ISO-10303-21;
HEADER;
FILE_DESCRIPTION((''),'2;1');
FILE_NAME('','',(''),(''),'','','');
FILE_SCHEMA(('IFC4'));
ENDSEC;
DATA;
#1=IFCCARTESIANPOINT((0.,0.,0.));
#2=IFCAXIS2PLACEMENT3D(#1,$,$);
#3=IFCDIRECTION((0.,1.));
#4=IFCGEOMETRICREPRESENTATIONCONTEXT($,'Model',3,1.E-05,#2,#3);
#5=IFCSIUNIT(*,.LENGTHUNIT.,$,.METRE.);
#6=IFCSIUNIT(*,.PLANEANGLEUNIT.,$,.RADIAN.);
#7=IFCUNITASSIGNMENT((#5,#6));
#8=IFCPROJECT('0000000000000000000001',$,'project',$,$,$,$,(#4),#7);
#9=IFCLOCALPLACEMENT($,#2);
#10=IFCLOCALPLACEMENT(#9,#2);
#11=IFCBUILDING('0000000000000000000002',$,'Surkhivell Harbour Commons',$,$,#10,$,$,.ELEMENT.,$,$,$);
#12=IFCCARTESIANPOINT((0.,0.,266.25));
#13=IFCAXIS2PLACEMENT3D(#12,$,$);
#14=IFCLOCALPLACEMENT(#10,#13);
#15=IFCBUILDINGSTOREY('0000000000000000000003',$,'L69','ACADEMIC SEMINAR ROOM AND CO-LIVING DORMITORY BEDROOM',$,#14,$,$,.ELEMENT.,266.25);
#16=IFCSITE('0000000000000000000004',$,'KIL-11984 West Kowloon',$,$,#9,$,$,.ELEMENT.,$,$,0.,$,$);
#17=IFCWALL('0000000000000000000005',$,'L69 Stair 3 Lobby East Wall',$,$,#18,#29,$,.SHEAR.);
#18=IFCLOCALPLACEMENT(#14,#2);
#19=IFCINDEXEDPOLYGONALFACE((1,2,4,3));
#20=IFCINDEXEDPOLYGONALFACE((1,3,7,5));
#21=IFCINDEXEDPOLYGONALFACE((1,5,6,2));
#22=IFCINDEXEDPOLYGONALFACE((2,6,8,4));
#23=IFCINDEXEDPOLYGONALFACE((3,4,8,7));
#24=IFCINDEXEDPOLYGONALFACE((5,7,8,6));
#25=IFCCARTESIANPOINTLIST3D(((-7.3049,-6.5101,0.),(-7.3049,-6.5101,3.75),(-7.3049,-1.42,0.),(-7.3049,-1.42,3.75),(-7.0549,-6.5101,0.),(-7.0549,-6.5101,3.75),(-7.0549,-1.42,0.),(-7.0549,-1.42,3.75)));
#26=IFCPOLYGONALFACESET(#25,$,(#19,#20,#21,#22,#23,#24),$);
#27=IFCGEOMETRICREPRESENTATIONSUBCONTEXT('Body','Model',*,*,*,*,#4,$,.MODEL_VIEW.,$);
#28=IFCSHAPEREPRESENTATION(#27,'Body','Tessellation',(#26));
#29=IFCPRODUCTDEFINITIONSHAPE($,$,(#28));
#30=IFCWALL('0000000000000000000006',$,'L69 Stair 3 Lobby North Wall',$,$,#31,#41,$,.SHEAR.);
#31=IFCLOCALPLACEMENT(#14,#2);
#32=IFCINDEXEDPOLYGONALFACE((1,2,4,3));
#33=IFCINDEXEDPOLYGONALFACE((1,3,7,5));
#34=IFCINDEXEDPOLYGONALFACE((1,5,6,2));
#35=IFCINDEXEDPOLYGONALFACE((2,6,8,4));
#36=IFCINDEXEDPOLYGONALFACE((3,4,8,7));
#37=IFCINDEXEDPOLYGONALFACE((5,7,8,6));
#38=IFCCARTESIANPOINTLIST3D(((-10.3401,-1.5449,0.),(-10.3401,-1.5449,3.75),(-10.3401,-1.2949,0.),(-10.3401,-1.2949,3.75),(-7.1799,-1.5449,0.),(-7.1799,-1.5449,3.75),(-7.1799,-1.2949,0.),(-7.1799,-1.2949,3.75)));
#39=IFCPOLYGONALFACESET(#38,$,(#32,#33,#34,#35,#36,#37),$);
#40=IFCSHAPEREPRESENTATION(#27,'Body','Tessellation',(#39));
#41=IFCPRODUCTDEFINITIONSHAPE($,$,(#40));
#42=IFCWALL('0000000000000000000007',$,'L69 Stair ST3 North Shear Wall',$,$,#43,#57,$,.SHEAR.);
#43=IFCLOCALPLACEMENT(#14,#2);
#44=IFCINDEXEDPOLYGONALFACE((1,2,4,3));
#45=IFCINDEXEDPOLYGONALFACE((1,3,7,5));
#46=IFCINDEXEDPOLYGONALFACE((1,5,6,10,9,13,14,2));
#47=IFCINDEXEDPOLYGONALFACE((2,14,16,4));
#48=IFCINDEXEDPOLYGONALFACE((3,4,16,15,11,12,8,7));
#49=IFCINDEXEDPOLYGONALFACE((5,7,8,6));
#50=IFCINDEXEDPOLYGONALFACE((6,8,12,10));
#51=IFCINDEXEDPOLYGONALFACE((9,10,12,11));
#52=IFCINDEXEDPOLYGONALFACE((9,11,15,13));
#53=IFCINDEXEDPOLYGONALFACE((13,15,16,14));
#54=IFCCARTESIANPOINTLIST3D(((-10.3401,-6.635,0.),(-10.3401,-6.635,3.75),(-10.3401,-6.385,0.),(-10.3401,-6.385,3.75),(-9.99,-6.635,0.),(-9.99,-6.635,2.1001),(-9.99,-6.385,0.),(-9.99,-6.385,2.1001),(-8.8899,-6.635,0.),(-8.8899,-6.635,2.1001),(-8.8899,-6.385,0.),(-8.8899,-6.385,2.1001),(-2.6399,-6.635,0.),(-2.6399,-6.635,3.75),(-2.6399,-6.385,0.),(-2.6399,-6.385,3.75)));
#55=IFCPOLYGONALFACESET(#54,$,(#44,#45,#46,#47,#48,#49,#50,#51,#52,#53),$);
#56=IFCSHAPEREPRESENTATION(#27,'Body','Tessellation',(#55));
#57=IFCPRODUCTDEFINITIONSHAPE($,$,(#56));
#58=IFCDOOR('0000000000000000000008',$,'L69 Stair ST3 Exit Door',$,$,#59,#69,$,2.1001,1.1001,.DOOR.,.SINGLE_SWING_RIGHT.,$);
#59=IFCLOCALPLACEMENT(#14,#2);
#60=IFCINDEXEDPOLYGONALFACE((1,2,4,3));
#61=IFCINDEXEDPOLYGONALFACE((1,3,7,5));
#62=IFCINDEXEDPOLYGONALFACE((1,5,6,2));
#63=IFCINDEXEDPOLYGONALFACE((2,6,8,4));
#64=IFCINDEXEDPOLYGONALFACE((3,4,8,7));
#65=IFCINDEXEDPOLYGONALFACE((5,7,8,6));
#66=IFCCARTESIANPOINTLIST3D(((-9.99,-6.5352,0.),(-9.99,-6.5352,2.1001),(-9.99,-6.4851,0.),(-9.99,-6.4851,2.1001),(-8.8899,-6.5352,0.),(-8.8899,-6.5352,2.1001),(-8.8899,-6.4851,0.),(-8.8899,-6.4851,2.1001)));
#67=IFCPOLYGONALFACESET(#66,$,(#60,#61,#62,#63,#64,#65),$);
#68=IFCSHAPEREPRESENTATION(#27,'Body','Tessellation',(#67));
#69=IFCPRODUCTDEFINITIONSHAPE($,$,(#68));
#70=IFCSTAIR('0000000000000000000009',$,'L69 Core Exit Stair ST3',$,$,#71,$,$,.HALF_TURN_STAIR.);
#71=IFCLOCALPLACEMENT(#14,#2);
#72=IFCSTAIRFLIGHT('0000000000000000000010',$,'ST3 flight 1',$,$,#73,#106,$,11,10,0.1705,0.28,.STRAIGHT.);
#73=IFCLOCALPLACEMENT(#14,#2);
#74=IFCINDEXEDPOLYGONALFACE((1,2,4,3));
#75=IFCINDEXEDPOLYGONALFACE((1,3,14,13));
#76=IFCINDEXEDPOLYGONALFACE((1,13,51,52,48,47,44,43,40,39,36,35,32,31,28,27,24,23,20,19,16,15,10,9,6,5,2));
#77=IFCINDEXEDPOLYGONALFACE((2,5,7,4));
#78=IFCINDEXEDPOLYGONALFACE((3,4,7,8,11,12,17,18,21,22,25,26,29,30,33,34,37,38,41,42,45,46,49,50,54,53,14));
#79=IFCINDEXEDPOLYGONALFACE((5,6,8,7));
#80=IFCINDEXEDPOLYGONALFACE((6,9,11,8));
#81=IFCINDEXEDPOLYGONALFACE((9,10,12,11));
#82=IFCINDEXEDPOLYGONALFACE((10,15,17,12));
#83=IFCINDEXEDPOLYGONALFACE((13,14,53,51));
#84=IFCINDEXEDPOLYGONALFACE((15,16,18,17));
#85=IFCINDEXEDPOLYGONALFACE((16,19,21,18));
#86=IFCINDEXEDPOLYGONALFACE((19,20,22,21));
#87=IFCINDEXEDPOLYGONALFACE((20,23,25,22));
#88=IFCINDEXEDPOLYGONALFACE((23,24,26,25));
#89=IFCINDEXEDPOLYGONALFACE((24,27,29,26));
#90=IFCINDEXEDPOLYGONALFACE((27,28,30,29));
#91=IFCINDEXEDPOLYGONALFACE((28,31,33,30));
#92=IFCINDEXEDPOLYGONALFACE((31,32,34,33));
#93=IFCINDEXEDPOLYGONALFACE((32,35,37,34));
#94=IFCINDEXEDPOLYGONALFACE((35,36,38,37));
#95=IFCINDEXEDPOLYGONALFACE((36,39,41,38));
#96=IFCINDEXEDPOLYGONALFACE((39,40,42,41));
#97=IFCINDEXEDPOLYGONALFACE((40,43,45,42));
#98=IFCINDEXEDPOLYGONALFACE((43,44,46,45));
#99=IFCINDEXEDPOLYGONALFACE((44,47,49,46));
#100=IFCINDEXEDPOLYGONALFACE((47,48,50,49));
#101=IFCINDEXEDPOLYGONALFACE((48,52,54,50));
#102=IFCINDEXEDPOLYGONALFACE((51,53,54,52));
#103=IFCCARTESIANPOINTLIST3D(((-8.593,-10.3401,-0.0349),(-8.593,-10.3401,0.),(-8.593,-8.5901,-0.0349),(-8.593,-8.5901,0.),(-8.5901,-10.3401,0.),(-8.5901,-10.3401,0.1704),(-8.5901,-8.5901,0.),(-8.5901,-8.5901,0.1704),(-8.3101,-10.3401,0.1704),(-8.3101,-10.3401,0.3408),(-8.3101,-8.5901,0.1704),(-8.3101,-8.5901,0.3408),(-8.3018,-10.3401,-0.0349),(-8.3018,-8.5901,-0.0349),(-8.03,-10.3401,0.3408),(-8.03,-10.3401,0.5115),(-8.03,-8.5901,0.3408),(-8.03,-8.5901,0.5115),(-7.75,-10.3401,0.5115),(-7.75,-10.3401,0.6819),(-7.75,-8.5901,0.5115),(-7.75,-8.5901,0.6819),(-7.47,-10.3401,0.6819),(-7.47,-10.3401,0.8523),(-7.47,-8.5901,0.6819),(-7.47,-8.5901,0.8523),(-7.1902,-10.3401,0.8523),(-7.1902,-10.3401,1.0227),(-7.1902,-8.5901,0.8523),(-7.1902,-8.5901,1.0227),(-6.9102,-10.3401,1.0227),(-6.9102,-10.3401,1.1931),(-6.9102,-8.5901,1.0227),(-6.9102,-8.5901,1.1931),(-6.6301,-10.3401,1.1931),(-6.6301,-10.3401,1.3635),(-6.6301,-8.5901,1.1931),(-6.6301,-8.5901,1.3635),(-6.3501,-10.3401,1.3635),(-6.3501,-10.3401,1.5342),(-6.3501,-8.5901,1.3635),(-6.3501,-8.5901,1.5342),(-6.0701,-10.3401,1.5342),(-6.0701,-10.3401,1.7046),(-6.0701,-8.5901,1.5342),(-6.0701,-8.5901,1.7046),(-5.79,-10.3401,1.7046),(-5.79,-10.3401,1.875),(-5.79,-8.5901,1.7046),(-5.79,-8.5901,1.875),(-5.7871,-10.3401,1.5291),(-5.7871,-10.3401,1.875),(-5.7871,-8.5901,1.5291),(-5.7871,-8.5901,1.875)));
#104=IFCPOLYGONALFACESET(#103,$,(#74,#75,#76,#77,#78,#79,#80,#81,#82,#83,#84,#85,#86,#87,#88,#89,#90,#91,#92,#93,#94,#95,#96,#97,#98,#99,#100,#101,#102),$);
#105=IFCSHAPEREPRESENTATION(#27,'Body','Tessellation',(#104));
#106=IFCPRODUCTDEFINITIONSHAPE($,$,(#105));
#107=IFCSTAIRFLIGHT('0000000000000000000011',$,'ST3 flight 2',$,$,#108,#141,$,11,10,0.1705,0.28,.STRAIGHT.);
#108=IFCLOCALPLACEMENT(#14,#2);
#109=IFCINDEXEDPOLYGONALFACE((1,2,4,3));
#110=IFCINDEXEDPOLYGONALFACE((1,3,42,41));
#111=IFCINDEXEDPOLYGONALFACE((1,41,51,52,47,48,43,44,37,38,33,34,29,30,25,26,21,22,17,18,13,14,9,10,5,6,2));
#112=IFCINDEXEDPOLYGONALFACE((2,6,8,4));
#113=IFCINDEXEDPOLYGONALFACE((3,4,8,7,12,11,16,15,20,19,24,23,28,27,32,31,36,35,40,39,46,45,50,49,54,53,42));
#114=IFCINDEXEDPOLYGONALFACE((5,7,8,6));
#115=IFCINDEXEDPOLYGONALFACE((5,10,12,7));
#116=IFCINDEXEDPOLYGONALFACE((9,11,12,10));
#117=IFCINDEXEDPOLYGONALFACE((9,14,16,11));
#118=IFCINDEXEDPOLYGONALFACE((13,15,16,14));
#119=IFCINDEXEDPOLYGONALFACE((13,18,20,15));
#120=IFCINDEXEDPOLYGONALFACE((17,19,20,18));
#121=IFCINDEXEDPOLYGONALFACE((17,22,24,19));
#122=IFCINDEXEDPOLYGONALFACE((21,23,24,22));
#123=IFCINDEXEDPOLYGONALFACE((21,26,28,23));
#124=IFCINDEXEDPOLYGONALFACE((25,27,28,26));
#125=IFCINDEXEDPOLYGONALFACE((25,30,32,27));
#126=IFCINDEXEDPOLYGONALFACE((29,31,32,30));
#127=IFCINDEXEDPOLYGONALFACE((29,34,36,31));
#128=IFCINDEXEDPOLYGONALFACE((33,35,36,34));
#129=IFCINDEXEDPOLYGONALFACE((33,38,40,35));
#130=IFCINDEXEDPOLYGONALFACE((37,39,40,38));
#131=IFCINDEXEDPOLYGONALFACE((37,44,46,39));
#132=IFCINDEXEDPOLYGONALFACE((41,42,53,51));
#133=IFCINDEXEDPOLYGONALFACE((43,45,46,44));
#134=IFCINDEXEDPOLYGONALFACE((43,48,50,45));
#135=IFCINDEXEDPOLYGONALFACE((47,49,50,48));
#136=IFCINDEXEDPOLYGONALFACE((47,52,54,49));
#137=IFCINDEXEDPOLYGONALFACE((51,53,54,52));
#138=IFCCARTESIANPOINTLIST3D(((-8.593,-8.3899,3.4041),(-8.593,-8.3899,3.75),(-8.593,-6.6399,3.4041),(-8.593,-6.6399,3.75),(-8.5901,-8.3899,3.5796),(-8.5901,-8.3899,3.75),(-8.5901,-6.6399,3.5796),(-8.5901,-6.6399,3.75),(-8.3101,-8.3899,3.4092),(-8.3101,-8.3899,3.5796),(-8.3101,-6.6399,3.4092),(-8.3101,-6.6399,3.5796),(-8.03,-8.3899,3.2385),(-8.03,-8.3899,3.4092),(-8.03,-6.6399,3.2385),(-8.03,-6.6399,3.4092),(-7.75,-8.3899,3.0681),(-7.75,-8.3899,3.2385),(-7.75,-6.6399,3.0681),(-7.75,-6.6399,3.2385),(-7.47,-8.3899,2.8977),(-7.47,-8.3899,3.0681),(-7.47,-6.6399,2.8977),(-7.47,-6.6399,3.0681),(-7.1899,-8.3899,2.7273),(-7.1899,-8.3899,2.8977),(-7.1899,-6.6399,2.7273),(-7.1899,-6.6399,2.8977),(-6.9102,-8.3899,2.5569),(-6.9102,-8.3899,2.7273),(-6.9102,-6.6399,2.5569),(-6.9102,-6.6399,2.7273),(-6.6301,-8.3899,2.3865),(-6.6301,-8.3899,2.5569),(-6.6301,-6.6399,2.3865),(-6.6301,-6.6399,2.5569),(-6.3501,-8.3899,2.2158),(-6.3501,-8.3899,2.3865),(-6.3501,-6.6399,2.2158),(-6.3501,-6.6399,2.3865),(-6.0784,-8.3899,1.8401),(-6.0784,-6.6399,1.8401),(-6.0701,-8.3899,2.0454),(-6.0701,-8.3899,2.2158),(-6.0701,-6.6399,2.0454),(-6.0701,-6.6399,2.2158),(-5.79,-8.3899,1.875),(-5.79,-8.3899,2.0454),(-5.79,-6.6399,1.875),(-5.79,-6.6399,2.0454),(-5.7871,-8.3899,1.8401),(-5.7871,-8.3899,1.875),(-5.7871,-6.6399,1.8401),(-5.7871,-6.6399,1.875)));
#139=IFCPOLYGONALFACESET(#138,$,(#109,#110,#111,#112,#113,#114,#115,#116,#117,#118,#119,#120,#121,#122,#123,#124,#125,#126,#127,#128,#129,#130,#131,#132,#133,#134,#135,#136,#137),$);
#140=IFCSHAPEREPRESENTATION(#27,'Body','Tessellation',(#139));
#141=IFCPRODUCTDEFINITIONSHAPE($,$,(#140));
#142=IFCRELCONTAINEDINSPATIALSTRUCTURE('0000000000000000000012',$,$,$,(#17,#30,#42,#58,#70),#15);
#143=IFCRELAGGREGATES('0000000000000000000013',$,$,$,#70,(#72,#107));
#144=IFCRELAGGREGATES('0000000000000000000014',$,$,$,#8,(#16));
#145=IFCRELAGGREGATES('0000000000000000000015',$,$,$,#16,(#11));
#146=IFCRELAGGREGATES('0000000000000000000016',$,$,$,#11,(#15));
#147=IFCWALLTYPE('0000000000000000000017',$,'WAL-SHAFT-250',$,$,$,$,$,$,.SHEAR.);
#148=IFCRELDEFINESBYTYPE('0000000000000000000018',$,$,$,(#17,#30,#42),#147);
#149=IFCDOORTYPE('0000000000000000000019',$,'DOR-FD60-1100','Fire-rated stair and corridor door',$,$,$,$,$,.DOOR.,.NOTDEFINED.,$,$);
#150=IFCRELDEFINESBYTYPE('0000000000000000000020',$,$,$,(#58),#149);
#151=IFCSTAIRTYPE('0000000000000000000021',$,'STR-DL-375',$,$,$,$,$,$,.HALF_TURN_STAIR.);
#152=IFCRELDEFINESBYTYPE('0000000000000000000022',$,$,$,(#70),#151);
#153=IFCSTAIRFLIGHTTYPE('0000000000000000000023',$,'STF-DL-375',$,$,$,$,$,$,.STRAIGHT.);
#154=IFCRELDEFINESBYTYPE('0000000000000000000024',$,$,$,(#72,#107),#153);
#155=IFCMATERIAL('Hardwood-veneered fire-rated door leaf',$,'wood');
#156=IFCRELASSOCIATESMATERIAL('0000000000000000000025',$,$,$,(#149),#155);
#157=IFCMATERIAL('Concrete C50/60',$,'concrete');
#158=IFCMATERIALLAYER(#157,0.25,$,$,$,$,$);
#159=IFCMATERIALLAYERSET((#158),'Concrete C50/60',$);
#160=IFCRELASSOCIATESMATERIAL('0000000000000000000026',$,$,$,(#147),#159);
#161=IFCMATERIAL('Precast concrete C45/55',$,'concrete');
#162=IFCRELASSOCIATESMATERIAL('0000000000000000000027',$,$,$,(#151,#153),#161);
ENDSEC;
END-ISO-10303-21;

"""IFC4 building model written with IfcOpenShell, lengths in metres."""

from ifc_helpers import new_model, si_unit, direction, frame, frame_2d, origin, place, context, subcontext, project, spatial, polyline, rectangle, outline, extrude, material, layer, layer_set, type_object, element, fill, aggregate, save


model = new_model("IFC4")

# Units and contexts
model_context = context("Model", 3, precision=1e-05, world=origin(), true_north=direction((0.0, 1.0)))
body_context = subcontext(model_context, "Body", "Model", "MODEL_VIEW")
ifc_project = project(units=[si_unit("LENGTHUNIT", "METRE"), si_unit("PLANEANGLEUNIT", "RADIAN")], contexts=[model_context])

# Site, building, storey
site_placement = place(None, origin())
site = spatial("IfcSite", under=ifc_project, at=site_placement, Name="KIL-11984 West Kowloon", CompositionType="ELEMENT", RefElevation=0.0)
building_placement = place(site_placement, origin())
building = spatial("IfcBuilding", under=site, at=building_placement, Name="Surkhivell Harbour Commons", CompositionType="ELEMENT")
storey_placement = place(building_placement, frame((0.0, 0.0, 266.25)))
storey = spatial("IfcBuildingStorey", under=building, at=storey_placement, Name="L69", Description="ACADEMIC SEMINAR ROOM AND CO-LIVING DORMITORY BEDROOM", CompositionType="ELEMENT", Elevation=266.25)

# Shared definitions
ifc_material_1 = material(Name="Concrete C50/60", Category="concrete")

# Shared definitions
ifc_material_2 = material(Name="Hardwood-veneered fire-rated door leaf", Category="wood")
door_type_1 = type_object("IfcDoorType", Name="DOR-FD60-1100", Description="Fire-rated stair and corridor door", OperationType="NOTDEFINED", PredefinedType="DOOR", material=ifc_material_2)

# Walls
ifc_layer_1 = layer(ifc_material_1, 0.25)
ifc_layer_set_1 = layer_set([ifc_layer_1], Name="Concrete C50/60")
wall_type_1 = type_object("IfcWallType", Name="WAL-SHAFT-250", PredefinedType="SHEAR", material=ifc_layer_set_1)
wall_1_placement = place(storey_placement, frame((-7.1799, -6.51, 0.0), z_axis=(0.0, 0.0, 1.0), x_axis=(0.0, 1.0, 0.0)))
element("IfcWall", 1, at=wall_1_placement, inside=storey, type_object=wall_type_1, Name="L69 Stair 3 Lobby East Wall", PredefinedType="SHEAR", context=body_context, shape_type="SweptSolid", body=[
    extrude(rectangle(XDim=5.0901, YDim=0.25, at=frame_2d((2.5449, 0.0))), origin(), (0.0, 0.0, 1.0), 3.75),
])
wall_2_placement = place(storey_placement, frame((-10.3401, -1.4199, 0.0), z_axis=(0.0, 0.0, 1.0), x_axis=(1.0, 0.0, 0.0)))
element("IfcWall", 2, at=wall_2_placement, inside=storey, type_object=wall_type_1, Name="L69 Stair 3 Lobby North Wall", PredefinedType="SHEAR", context=body_context, shape_type="SweptSolid", body=[
    extrude(rectangle(XDim=3.1602, YDim=0.25, at=frame_2d((1.5801, 0.0))), origin(), (0.0, 0.0, 1.0), 3.75),
])

# Wall, opening, door
wall_3_placement = place(storey_placement, frame((-10.3401, -6.51, 0.0), z_axis=(0.0, 0.0, 1.0), x_axis=(1.0, 0.0, 0.0)))
wall_3 = element("IfcWall", 3, at=wall_3_placement, inside=storey, type_object=wall_type_1, Name="L69 Stair ST3 North Shear Wall", PredefinedType="SHEAR", context=body_context, shape_type="SweptSolid", body=[
    extrude(rectangle(XDim=7.7002, YDim=0.25, at=frame_2d((3.8501, 0.0))), origin(), (0.0, 0.0, 1.0), 3.75),
])
opening_1_placement = place(wall_3_placement, frame((0.3501, 0.0, 0.0)))
opening_1 = element("IfcOpeningElement", 4, at=opening_1_placement, cuts=wall_3, PredefinedType="OPENING", context=body_context, shape_type="SweptSolid", body=[
    extrude(rectangle(XDim=1.1001, YDim=2.1001, at=frame_2d((0.55, 1.05))), frame((0.0, 0.135, 0.0), z_axis=(0.0, -1.0, 0.0), x_axis=(1.0, 0.0, 0.0)), (0.0, 0.0, 1.0), 0.27),
])
door_1_placement = place(opening_1_placement, origin())
door_1 = element("IfcDoor", 5, at=door_1_placement, inside=storey, type_object=door_type_1, Name="L69 Stair ST3 Exit Door", OperationType="SINGLE_SWING_RIGHT", OverallHeight=2.1001, OverallWidth=1.1001, PredefinedType="DOOR", context=body_context, shape_type="SweptSolid", body=[
    extrude(rectangle(XDim=1.1001, YDim=2.1001, at=frame_2d((0.55, 1.05))), frame((0.0, 0.0249, 0.0), z_axis=(0.0, -1.0, 0.0), x_axis=(1.0, 0.0, 0.0)), (0.0, 0.0, 1.0), 0.05),
])
fill(opening_1, door_1)

# Stair, stair flights
ifc_material_3 = material(Name="Precast concrete C45/55", Category="concrete")
stair_type = type_object("IfcStairType", Name="STR-DL-375", PredefinedType="HALF_TURN_STAIR", material=ifc_material_3)
stair_placement = place(storey_placement, origin())
stair = element("IfcStair", 6, at=stair_placement, inside=storey, type_object=stair_type, Name="L69 Core Exit Stair ST3", PredefinedType="HALF_TURN_STAIR")
stair_flight_type = type_object("IfcStairFlightType", Name="STF-DL-375", PredefinedType="STRAIGHT", material=ifc_material_3)
stair_flight_1_placement = place(storey_placement, frame((-8.5901, -9.4651, 0.0), z_axis=(0.0, 0.0, 1.0), x_axis=(1.0, 0.0, 0.0)))
stair_flight_1 = element("IfcStairFlight", 7, at=stair_flight_1_placement, type_object=stair_flight_type, Name="ST3 flight 1", NumberOfRisers=11, NumberOfTreads=10, PredefinedType="STRAIGHT", RiserHeight=0.1705, TreadLength=0.28, context=body_context, shape_type="SweptSolid", body=[
    extrude(outline(polyline([(-0.0029, -0.0349), (-0.0029, 0.0), (0.0, 0.0), (0.0, 0.1704), (0.28, 0.1704), (0.28, 0.3408), (0.5601, 0.3408), (0.5601, 0.5115), (0.8401, 0.5115), (0.8401, 0.6819), (1.1201, 0.6819), (1.1201, 0.8523), (1.3999, 0.8523), (1.3999, 1.0227), (1.6799, 1.0227), (1.6799, 1.1931), (1.96, 1.1931), (1.96, 1.3635), (2.24, 1.3635), (2.24, 1.5342), (2.52, 1.5342), (2.52, 1.7046), (2.8, 1.7046), (2.8, 1.875), (2.803, 1.875), (2.803, 1.5291), (0.2883, -0.0349), (-0.0029, -0.0349)])), frame((0.0, 0.875, 0.0), z_axis=(0.0, -1.0, 0.0), x_axis=(1.0, 0.0, 0.0)), (0.0, 0.0, 1.0), 1.75),
])
stair_flight_2_placement = place(storey_placement, frame((-5.79, -7.5149, 1.875), z_axis=(0.0, 0.0, 1.0), x_axis=(-1.0, 0.0, 0.0)))
stair_flight_2 = element("IfcStairFlight", 8, at=stair_flight_2_placement, type_object=stair_flight_type, Name="ST3 flight 2", NumberOfRisers=11, NumberOfTreads=10, PredefinedType="STRAIGHT", RiserHeight=0.1705, TreadLength=0.28, context=body_context, shape_type="SweptSolid", body=[
    extrude(outline(polyline([(-0.0029, -0.0349), (-0.0029, 0.0), (0.0, 0.0), (0.0, 0.1704), (0.28, 0.1704), (0.28, 0.3408), (0.5601, 0.3408), (0.5601, 0.5115), (0.8401, 0.5115), (0.8401, 0.6819), (1.1201, 0.6819), (1.1201, 0.8523), (1.3999, 0.8523), (1.3999, 1.0227), (1.6799, 1.0227), (1.6799, 1.1931), (1.96, 1.1931), (1.96, 1.3635), (2.24, 1.3635), (2.24, 1.5342), (2.52, 1.5342), (2.52, 1.7046), (2.8, 1.7046), (2.8, 1.875), (2.803, 1.875), (2.803, 1.5291), (0.2883, -0.0349), (-0.0029, -0.0349)])), frame((0.0, 0.875, 0.0), z_axis=(0.0, -1.0, 0.0), x_axis=(1.0, 0.0, 0.0)), (0.0, 0.0, 1.0), 1.75),
])
aggregate(stair, [stair_flight_1, stair_flight_2])

save(model, "model.ifc")
